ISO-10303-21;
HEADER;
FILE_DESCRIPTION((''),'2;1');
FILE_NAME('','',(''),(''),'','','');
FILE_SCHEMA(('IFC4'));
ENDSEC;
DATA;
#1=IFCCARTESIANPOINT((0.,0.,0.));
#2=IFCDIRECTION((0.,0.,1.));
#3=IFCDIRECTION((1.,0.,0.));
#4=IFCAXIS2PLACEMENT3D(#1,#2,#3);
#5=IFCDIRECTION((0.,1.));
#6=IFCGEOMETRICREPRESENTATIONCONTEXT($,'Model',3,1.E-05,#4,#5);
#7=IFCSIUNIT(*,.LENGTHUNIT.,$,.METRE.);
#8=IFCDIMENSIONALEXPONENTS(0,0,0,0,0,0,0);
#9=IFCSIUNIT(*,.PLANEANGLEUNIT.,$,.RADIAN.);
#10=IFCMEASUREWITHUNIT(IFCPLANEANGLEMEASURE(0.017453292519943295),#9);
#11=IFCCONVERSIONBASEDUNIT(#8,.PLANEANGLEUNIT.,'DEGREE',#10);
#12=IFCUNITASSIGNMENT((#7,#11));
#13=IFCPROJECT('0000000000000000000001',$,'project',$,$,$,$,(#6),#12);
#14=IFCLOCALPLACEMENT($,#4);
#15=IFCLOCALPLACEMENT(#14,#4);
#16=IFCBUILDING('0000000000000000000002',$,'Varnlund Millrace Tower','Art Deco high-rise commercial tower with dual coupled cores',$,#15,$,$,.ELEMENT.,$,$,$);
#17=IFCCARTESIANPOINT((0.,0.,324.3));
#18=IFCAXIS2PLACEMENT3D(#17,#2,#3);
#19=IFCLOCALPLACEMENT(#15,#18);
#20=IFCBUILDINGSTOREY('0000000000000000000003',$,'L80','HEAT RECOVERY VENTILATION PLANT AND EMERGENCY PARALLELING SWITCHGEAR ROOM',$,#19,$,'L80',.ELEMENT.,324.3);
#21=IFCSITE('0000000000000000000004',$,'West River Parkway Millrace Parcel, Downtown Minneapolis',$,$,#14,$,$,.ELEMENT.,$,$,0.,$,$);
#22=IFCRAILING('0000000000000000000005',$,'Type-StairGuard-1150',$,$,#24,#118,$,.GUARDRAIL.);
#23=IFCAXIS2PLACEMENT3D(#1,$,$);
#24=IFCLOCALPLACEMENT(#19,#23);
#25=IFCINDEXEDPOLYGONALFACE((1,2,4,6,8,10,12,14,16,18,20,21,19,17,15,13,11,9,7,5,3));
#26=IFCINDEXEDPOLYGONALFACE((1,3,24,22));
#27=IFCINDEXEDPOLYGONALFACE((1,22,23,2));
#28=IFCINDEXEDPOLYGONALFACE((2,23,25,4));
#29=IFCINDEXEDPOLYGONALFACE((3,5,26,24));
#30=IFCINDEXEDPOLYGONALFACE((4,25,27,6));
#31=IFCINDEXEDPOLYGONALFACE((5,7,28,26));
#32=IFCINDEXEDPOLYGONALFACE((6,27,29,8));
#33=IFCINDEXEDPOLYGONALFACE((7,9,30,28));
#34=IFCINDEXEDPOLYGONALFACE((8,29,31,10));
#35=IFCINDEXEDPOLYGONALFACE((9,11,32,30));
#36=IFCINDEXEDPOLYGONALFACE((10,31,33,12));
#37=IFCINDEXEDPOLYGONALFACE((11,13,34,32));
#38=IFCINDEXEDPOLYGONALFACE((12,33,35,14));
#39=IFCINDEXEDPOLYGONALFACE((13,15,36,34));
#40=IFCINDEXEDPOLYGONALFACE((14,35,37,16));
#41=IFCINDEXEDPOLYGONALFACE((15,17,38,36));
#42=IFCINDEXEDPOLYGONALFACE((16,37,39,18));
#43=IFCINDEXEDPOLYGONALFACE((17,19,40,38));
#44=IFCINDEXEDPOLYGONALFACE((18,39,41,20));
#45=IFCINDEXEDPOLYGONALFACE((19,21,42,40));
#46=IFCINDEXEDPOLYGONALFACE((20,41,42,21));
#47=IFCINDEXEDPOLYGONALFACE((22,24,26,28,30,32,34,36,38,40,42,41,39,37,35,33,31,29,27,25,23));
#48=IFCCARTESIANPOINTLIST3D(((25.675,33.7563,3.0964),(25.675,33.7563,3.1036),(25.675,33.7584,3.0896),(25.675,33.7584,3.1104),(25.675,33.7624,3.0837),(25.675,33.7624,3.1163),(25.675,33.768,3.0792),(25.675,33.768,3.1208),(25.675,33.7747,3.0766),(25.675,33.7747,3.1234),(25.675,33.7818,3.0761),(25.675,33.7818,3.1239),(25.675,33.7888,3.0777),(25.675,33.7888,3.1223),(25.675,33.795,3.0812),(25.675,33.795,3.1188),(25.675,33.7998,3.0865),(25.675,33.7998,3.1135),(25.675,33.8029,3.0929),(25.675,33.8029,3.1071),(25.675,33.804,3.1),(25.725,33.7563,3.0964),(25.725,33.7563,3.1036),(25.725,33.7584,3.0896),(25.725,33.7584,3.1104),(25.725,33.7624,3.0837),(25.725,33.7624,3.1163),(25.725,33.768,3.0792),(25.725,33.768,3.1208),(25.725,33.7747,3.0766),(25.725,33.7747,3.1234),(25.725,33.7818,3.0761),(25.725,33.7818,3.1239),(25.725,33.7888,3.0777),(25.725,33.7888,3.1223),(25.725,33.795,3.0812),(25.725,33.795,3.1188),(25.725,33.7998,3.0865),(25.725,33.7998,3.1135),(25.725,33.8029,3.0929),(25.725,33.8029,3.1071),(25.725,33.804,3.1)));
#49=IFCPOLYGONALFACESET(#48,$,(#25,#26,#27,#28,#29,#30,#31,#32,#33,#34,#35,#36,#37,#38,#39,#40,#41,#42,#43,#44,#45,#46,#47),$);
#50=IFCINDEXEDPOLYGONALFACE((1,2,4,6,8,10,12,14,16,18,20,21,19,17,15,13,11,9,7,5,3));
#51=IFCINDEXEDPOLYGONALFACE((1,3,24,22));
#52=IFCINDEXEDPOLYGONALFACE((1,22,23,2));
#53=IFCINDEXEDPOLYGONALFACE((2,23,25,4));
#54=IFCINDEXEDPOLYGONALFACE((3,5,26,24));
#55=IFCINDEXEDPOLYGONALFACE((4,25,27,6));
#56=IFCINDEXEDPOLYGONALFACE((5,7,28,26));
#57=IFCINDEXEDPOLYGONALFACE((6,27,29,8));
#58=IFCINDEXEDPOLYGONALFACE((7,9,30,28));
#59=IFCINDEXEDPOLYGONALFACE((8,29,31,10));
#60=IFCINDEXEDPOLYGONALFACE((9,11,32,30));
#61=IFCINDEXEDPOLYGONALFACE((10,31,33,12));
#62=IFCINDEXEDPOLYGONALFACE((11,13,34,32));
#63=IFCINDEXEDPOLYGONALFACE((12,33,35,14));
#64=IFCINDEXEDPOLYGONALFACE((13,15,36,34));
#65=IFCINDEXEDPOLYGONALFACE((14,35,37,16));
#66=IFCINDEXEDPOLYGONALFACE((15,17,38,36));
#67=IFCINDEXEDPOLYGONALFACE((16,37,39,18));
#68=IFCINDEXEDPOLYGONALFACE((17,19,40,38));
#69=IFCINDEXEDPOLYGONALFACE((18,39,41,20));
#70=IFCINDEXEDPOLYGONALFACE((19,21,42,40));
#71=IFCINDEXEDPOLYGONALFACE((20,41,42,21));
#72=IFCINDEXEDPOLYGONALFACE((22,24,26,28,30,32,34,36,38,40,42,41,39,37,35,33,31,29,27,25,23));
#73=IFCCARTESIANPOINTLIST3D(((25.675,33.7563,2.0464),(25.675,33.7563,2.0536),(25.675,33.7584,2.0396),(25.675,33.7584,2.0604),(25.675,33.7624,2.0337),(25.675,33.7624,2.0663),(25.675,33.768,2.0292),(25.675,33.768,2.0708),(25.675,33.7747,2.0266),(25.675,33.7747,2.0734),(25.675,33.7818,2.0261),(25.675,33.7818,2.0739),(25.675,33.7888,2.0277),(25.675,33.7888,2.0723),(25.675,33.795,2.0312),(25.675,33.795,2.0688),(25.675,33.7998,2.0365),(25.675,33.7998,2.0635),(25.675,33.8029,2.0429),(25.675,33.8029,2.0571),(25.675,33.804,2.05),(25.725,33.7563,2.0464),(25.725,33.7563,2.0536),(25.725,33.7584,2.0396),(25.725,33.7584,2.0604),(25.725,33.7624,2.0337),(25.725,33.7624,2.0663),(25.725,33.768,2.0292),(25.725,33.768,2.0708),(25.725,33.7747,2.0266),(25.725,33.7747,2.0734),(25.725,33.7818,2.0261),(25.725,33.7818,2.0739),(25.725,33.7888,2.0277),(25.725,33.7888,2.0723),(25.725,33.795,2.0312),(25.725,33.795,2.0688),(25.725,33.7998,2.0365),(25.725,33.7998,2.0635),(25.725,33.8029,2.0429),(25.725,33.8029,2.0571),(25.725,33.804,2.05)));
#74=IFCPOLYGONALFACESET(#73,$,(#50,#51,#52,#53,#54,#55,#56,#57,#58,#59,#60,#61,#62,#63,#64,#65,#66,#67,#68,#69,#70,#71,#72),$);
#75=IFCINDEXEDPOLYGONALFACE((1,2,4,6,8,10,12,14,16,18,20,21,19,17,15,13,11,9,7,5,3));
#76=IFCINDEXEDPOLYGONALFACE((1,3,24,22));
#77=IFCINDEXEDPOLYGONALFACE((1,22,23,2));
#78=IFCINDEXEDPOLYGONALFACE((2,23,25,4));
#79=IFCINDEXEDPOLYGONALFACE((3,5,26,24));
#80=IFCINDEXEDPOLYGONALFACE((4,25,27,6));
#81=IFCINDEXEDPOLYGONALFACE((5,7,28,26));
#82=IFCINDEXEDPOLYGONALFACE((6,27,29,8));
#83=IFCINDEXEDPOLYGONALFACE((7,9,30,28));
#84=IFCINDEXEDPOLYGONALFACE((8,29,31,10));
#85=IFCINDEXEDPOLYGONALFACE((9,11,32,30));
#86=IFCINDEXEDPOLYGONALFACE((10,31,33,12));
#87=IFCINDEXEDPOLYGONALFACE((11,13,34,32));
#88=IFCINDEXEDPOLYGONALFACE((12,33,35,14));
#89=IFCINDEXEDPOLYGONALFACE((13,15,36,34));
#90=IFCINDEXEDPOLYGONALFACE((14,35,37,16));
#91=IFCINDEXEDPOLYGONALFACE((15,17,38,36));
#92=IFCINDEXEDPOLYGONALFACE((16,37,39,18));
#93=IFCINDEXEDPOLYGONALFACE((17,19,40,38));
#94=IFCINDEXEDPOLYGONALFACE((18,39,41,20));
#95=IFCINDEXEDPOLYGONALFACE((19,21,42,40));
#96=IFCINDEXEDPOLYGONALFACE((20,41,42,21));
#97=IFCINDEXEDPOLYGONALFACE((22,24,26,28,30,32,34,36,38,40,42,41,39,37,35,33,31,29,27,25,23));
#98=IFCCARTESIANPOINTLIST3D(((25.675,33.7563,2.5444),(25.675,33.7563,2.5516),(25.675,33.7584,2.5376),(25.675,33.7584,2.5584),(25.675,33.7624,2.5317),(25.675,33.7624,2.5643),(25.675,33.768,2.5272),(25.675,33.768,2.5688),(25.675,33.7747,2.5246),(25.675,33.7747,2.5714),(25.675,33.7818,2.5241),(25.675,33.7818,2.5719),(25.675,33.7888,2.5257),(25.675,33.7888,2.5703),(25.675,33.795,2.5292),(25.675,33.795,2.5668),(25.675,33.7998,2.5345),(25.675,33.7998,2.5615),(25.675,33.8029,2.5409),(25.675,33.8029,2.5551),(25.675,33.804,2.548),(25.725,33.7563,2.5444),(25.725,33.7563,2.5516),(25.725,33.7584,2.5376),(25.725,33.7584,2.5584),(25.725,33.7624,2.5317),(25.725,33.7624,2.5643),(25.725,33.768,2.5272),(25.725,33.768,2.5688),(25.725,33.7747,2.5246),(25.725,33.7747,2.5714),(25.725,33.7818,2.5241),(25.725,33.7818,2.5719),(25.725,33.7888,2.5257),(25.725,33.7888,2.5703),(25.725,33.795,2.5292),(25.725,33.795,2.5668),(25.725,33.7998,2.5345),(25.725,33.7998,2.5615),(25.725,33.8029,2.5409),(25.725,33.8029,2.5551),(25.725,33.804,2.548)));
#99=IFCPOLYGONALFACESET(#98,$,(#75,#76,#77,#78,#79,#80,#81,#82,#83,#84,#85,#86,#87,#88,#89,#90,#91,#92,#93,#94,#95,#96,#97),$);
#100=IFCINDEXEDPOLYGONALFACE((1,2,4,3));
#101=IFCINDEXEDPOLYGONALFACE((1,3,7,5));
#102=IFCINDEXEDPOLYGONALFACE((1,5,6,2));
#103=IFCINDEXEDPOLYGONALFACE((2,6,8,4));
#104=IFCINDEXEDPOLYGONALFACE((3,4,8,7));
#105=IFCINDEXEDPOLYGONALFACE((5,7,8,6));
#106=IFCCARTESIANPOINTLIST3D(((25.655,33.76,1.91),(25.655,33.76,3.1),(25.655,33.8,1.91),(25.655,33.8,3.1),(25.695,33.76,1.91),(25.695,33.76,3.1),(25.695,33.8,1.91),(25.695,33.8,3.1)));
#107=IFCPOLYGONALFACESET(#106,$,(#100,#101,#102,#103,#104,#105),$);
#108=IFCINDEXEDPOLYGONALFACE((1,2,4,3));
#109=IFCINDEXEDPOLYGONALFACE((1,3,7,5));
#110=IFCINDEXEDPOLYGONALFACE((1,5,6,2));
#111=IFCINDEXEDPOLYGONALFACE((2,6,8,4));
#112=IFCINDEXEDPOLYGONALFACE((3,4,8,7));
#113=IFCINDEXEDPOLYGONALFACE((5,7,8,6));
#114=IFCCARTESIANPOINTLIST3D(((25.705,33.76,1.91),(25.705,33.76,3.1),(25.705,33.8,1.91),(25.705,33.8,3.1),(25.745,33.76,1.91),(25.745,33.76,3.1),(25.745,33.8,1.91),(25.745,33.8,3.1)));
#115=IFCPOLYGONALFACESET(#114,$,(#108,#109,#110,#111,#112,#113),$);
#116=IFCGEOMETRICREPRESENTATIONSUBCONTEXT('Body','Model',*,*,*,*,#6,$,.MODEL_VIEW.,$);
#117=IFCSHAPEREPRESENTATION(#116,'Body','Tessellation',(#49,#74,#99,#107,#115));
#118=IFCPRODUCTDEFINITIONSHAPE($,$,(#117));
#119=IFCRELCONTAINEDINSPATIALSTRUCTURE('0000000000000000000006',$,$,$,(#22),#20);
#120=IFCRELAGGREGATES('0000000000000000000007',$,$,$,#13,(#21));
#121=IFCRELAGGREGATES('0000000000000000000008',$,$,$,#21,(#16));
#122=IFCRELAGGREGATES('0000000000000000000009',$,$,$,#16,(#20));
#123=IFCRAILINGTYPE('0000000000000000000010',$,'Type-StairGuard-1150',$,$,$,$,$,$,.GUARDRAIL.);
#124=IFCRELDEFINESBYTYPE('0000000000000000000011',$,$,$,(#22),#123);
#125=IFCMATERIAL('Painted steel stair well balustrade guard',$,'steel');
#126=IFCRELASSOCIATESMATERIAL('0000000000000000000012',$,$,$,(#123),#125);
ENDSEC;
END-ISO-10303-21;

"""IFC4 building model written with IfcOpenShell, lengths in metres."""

from ifc_helpers import new_model, entity, si_unit, converted_unit, direction, frame, origin_with_axes, origin_2d_with_axis, place, context, subcontext, project, spatial, rectangle, circle, extrude, material, type_object, element, save


model = new_model("IFC4")

# Units and contexts
model_context = context("Model", 3, precision=1e-05, world=origin_with_axes(), true_north=direction((0.0, 1.0)))
body_context = subcontext(model_context, "Body", "Model", "MODEL_VIEW")
ifc_project = project(units=[si_unit("LENGTHUNIT", "METRE"), converted_unit("PLANEANGLEUNIT", "DEGREE", entity("IfcPlaneAngleMeasure", 0.017453292519943295), si_unit("PLANEANGLEUNIT", "RADIAN"), dimensions=[0, 0, 0, 0, 0, 0, 0])], contexts=[model_context])

# Site, building, storey
site_placement = place(None, origin_with_axes())
site = spatial("IfcSite", under=ifc_project, at=site_placement, Name="West River Parkway Millrace Parcel, Downtown Minneapolis", CompositionType="ELEMENT", RefElevation=0.0)
building_placement = place(site_placement, origin_with_axes())
building = spatial("IfcBuilding", under=site, at=building_placement, Name="Varnlund Millrace Tower", Description="Art Deco high-rise commercial tower with dual coupled cores", CompositionType="ELEMENT")
storey_placement = place(building_placement, frame((0.0, 0.0, 324.3), z_axis=(0.0, 0.0, 1.0), x_axis=(1.0, 0.0, 0.0)))
storey = spatial("IfcBuildingStorey", under=building, at=storey_placement, Name="L80", Description="HEAT RECOVERY VENTILATION PLANT AND EMERGENCY PARALLELING SWITCHGEAR ROOM", LongName="L80", CompositionType="ELEMENT", Elevation=324.3)

# Railing
ifc_material_1 = material(Name="Painted steel stair well balustrade guard", Category="steel")
railing_type_1 = type_object("IfcRailingType", Name="Type-StairGuard-1150", PredefinedType="GUARDRAIL", material=ifc_material_1)
railing_1_placement = place(storey_placement, frame((0.0, 0.0, -324.3), z_axis=(0.0, 0.0, 1.0), x_axis=(1.0, 0.0, 0.0)))
element("IfcRailing", 1, at=railing_1_placement, inside=storey, type_object=railing_type_1, Name="Type-StairGuard-1150", PredefinedType="GUARDRAIL", context=body_context, shape_type="SweptSolid", body=[
    extrude(circle(Radius=0.024, at=origin_2d_with_axis()), frame((25.675, 33.78, 327.4), z_axis=(1.0, 0.0, 0.0), x_axis=(0.0, 1.0, 0.0)), (0.0, 0.0, 1.0), 0.05),
    extrude(circle(Radius=0.024, at=origin_2d_with_axis()), frame((25.675, 33.78, 326.35), z_axis=(1.0, 0.0, 0.0), x_axis=(0.0, 1.0, 0.0)), (0.0, 0.0, 1.0), 0.05),
    extrude(circle(Radius=0.024, at=origin_2d_with_axis()), frame((25.675, 33.78, 326.848), z_axis=(1.0, 0.0, 0.0), x_axis=(0.0, 1.0, 0.0)), (0.0, 0.0, 1.0), 0.05),
    extrude(rectangle(XDim=0.04, YDim=0.04, at=origin_2d_with_axis()), frame((25.675, 33.78, 326.21), z_axis=(0.0, 0.0, 1.0), x_axis=(1.0, 0.0, 0.0)), (0.0, 0.0, 1.0), 1.19),
    extrude(rectangle(XDim=0.04, YDim=0.04, at=origin_2d_with_axis()), frame((25.725, 33.78, 326.21), z_axis=(0.0, 0.0, 1.0), x_axis=(1.0, 0.0, 0.0)), (0.0, 0.0, 1.0), 1.19),
])

save(model, "model.ifc")
